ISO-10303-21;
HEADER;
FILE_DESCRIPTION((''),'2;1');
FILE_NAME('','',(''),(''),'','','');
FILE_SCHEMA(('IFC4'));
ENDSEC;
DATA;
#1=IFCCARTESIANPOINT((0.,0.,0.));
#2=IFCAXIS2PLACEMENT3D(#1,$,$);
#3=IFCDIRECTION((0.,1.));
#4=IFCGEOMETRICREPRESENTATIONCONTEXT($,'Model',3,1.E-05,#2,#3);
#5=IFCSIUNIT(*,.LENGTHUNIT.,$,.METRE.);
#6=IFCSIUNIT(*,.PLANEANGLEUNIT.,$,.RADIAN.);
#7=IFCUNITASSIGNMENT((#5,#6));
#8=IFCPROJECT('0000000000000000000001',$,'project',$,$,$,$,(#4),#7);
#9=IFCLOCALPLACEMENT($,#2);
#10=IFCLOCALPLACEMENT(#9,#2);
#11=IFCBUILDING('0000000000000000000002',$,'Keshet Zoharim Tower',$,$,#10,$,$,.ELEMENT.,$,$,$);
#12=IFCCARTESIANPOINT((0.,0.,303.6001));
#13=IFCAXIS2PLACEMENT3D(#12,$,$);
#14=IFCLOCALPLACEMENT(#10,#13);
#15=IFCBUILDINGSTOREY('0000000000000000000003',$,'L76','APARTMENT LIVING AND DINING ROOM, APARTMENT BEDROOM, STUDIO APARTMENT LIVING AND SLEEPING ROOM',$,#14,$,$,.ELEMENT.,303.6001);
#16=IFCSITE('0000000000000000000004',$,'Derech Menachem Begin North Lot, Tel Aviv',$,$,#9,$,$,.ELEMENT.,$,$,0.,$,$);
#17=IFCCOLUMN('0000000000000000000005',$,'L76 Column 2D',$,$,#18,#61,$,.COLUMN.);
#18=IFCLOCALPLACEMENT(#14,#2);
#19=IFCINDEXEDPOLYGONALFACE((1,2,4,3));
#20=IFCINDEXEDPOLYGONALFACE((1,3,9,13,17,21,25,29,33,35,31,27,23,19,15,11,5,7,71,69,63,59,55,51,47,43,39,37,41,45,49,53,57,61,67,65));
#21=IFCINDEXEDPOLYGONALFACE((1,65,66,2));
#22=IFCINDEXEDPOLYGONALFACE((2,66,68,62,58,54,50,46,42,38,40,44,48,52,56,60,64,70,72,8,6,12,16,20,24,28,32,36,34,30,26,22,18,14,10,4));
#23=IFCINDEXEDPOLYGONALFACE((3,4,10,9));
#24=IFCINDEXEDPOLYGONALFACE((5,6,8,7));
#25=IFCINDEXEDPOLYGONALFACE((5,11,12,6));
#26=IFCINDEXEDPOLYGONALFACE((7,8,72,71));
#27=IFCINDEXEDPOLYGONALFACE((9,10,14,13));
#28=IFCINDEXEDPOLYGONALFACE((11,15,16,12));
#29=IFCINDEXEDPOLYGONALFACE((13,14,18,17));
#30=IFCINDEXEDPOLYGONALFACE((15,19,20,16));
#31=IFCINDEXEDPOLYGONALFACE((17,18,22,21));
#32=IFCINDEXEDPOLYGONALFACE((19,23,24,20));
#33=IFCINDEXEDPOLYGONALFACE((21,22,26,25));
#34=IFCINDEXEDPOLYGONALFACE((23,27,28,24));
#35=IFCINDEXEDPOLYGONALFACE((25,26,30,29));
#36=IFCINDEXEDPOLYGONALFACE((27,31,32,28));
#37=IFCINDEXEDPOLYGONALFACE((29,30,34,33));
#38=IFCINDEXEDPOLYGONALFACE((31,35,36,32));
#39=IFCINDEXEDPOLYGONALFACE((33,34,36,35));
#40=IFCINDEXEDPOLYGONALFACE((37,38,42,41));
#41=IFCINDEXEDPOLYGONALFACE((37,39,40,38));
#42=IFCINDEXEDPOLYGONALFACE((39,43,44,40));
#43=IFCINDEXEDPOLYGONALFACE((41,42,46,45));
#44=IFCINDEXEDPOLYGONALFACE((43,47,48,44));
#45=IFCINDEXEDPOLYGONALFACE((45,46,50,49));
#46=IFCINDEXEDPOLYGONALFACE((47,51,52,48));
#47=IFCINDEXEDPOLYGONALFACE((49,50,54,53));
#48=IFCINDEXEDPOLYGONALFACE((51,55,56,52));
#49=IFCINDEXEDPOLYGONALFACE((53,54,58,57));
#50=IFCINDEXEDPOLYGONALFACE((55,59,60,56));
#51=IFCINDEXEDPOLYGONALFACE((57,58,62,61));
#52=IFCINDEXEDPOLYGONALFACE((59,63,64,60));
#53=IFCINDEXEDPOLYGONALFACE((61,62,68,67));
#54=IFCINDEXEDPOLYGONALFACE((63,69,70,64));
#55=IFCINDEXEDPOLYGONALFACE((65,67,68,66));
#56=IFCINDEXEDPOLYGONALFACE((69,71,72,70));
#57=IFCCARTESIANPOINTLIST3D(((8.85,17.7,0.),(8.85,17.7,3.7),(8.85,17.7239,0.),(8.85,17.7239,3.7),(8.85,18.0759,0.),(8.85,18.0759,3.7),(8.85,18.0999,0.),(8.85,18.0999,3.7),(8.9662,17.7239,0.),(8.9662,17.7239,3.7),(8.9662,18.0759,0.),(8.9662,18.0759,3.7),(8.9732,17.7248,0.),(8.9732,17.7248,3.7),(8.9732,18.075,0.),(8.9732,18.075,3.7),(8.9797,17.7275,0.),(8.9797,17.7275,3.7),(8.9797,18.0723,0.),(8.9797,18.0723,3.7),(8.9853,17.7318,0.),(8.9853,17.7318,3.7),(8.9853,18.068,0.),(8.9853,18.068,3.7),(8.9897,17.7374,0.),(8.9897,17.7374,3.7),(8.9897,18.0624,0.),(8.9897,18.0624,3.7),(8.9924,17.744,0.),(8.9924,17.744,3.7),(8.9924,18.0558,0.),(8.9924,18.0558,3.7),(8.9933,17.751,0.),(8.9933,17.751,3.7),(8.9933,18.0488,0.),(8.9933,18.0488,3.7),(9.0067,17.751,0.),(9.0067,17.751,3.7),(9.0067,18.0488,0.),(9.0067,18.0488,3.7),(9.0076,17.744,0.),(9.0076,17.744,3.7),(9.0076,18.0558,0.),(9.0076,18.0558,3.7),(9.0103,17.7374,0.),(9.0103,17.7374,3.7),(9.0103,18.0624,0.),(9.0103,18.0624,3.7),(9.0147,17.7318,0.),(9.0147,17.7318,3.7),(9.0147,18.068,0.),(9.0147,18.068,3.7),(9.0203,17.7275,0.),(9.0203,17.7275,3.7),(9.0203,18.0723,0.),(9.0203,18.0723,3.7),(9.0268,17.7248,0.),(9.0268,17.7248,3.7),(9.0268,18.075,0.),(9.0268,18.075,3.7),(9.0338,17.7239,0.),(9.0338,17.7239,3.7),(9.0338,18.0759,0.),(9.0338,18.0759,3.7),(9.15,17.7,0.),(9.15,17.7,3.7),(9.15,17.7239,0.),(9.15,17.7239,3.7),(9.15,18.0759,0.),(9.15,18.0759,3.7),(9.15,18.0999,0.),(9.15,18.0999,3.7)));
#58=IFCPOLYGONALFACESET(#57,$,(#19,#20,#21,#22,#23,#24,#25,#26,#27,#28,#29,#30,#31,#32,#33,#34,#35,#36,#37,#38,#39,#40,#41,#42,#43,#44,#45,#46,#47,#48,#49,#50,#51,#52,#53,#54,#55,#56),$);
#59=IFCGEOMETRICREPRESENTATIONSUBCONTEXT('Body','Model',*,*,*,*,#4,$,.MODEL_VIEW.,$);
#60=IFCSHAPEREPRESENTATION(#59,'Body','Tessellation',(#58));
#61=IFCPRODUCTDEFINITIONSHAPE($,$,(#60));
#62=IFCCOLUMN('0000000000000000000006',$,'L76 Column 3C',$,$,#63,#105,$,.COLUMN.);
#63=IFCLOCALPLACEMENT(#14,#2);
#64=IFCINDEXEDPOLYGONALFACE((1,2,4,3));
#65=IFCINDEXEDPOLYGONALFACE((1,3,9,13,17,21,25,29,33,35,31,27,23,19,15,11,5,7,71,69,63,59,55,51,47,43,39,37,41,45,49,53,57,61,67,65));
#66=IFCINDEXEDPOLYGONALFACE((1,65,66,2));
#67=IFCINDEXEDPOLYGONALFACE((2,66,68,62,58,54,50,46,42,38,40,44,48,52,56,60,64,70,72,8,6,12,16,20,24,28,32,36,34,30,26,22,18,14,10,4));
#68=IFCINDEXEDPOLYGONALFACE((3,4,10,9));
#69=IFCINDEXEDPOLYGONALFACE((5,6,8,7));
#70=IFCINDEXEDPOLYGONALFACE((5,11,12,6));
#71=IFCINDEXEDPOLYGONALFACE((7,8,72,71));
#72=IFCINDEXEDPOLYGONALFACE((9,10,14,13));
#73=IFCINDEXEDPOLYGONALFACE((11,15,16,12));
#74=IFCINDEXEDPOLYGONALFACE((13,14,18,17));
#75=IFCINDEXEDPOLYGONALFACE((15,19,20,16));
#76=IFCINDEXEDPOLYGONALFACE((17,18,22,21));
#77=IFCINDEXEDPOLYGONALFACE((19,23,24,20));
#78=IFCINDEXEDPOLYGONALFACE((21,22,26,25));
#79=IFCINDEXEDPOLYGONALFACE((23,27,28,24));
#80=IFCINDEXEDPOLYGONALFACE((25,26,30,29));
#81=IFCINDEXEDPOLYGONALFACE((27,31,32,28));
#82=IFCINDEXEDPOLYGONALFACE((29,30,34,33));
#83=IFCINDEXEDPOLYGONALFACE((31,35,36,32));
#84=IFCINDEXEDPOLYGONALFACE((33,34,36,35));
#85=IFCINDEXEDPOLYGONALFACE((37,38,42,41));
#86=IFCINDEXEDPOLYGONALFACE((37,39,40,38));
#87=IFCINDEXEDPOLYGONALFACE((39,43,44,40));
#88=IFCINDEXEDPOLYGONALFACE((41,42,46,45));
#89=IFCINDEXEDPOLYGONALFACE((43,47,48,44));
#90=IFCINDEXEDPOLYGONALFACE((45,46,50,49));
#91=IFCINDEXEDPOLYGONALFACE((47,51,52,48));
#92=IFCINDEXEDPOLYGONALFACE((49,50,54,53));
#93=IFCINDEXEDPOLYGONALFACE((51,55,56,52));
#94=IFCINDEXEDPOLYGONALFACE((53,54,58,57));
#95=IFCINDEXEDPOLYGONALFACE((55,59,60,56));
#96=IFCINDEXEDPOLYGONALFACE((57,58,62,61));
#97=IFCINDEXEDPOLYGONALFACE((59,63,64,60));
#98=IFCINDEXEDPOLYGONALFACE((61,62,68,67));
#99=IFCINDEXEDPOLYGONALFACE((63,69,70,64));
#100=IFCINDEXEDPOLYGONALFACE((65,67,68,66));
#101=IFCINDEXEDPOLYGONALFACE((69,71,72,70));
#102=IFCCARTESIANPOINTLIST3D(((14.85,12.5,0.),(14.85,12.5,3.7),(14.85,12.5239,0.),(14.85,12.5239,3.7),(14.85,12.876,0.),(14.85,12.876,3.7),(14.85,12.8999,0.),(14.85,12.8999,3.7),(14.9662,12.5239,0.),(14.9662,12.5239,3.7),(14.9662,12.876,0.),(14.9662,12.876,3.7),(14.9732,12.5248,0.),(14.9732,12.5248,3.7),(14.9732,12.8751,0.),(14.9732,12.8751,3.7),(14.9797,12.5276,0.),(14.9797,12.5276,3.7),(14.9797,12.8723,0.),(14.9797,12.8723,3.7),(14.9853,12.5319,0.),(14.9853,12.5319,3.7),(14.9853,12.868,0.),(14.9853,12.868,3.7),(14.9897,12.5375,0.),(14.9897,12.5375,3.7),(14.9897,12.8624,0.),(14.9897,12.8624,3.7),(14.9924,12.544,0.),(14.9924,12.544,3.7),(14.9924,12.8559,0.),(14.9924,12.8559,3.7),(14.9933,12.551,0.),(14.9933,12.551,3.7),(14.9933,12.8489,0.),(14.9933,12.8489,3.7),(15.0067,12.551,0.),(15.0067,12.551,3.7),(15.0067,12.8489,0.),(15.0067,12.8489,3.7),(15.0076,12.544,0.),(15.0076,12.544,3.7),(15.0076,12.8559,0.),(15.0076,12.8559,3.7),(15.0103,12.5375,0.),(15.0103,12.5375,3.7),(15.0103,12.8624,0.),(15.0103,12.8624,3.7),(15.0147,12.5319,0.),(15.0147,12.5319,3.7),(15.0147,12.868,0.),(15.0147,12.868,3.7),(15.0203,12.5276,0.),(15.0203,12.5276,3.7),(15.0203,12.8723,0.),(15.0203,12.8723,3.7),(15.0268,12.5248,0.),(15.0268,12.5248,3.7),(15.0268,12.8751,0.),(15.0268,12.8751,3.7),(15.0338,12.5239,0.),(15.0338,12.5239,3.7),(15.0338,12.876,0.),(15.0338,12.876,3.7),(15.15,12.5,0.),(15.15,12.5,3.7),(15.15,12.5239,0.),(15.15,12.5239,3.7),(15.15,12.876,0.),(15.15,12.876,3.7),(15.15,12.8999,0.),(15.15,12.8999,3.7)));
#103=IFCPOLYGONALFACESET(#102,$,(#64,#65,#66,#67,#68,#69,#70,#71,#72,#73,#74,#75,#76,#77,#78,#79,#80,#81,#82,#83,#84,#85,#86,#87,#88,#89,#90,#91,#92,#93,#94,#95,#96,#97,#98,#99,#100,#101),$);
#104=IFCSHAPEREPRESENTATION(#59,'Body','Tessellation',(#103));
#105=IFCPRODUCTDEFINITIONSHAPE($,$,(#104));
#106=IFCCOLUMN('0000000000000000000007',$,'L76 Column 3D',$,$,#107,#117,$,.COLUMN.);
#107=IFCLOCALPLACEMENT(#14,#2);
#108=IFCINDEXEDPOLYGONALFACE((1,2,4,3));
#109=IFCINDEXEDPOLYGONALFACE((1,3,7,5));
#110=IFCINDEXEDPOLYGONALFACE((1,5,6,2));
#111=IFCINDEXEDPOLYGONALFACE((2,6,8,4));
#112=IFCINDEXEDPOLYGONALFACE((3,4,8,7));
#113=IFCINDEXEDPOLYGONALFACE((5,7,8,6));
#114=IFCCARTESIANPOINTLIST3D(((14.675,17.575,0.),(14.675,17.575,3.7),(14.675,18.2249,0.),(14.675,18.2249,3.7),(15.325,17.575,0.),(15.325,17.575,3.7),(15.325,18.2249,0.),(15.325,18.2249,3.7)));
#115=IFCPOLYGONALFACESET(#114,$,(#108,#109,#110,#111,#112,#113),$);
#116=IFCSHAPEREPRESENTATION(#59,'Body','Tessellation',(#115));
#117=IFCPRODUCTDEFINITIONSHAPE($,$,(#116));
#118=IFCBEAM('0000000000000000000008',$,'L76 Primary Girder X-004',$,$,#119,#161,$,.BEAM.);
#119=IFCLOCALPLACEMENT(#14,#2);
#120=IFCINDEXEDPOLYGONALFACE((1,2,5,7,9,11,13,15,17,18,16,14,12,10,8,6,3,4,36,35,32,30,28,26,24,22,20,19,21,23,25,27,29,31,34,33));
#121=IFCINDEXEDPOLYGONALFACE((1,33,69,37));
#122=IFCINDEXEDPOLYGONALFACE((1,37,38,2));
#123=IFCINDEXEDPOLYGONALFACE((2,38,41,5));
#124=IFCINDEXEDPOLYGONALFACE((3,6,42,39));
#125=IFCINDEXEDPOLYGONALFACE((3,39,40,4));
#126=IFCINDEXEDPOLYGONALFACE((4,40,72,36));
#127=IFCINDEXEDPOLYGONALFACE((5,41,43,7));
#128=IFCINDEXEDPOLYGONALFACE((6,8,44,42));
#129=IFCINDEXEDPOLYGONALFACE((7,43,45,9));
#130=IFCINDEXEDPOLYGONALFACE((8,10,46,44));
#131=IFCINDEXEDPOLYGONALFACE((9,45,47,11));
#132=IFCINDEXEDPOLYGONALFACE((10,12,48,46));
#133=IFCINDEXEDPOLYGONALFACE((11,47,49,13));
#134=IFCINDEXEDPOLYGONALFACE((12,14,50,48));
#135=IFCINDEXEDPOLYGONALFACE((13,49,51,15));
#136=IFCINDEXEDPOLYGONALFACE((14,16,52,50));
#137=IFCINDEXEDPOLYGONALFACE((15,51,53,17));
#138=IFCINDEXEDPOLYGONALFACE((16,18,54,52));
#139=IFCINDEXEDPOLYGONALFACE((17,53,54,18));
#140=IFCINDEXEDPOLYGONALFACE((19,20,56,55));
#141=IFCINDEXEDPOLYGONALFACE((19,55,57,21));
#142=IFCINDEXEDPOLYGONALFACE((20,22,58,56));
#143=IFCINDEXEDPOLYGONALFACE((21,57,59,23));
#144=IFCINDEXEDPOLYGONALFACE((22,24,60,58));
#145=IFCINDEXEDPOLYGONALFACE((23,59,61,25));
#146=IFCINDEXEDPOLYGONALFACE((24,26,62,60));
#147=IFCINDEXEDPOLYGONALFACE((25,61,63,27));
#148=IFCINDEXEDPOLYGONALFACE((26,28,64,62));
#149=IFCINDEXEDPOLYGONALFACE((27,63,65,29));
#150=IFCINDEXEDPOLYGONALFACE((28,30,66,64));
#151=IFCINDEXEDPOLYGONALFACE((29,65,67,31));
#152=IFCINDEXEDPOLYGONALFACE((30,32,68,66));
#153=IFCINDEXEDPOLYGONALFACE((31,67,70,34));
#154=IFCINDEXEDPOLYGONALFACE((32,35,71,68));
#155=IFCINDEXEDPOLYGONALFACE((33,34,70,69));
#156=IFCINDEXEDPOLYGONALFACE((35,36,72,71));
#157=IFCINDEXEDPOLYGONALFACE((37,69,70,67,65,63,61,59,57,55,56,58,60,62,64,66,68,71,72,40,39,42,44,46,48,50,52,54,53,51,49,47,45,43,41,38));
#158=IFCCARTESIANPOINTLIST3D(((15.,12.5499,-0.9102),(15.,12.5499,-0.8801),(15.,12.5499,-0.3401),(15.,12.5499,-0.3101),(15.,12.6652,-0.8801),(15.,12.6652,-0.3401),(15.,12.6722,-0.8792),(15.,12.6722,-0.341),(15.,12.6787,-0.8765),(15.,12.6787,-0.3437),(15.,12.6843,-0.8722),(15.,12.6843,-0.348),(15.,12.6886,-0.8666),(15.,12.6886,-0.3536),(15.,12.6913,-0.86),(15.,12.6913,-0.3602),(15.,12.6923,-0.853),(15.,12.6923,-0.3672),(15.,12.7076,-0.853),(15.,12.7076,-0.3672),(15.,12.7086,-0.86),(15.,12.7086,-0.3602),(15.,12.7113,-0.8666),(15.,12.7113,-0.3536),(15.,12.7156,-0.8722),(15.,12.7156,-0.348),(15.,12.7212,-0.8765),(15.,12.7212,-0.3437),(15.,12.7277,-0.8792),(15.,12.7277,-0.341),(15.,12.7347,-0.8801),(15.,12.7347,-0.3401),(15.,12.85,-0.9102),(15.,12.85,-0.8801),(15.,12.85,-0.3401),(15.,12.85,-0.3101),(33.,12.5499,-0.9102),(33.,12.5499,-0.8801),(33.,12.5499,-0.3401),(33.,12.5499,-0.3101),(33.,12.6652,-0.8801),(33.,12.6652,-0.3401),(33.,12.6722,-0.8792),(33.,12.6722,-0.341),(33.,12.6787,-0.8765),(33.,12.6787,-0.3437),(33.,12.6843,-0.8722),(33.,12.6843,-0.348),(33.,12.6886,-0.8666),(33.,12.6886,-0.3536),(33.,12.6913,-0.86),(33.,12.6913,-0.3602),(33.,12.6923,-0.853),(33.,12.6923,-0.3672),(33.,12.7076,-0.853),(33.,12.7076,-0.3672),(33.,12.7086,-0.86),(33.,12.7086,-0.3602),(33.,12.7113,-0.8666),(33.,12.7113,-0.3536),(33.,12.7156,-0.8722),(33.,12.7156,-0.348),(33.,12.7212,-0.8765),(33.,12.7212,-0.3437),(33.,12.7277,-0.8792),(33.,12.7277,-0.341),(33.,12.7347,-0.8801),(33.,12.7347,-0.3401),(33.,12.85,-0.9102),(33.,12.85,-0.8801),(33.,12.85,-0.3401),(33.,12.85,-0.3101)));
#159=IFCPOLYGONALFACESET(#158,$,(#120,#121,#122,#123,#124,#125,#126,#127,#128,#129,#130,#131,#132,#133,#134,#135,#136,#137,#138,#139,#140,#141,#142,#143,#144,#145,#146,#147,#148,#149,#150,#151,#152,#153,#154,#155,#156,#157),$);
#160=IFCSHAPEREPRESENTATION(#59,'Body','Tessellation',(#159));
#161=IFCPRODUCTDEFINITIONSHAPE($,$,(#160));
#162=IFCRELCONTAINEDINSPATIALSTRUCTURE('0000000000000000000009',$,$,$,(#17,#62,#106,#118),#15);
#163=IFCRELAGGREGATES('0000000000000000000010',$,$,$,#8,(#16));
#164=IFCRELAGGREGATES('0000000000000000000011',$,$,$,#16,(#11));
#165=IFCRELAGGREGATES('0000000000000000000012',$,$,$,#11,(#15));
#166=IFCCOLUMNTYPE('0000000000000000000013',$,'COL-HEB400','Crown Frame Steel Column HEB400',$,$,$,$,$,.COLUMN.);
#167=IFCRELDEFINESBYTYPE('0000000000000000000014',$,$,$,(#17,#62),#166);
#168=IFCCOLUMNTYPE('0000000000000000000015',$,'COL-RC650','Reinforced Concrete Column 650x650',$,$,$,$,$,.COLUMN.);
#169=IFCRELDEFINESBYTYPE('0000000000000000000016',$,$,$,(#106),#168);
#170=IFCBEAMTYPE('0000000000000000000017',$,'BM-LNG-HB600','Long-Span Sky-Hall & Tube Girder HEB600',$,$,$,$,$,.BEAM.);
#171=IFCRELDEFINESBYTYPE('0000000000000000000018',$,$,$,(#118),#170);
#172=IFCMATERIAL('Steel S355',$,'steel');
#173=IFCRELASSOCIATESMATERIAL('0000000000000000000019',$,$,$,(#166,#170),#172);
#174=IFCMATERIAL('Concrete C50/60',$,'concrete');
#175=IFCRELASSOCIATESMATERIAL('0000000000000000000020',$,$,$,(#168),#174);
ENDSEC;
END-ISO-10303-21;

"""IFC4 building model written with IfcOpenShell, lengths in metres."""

from ifc_helpers import new_model, si_unit, direction, frame, origin, origin_2d, place, context, subcontext, project, spatial, rectangle, i_section, extrude, material, material_profile, profile_set, type_object, element, save


model = new_model("IFC4")

# Units and contexts
model_context = context("Model", 3, precision=1e-05, world=origin(), true_north=direction((0.0, 1.0)))
body_context = subcontext(model_context, "Body", "Model", "MODEL_VIEW")
ifc_project = project(units=[si_unit("LENGTHUNIT", "METRE"), si_unit("PLANEANGLEUNIT", "RADIAN")], contexts=[model_context])

# Site, building, storey
site_placement = place(None, origin())
site = spatial("IfcSite", under=ifc_project, at=site_placement, Name="Derech Menachem Begin North Lot, Tel Aviv", CompositionType="ELEMENT", RefElevation=0.0)
building_placement = place(site_placement, origin())
building = spatial("IfcBuilding", under=site, at=building_placement, Name="Keshet Zoharim Tower", CompositionType="ELEMENT")
storey_placement = place(building_placement, frame((0.0, 0.0, 303.6001)))
storey = spatial("IfcBuildingStorey", under=building, at=storey_placement, Name="L76", Description="APARTMENT LIVING AND DINING ROOM, APARTMENT BEDROOM, STUDIO APARTMENT LIVING AND SLEEPING ROOM", CompositionType="ELEMENT", Elevation=303.6001)

# Columns
ifc_material_1 = material(Name="Steel S355", Category="steel")
ifc_material_profile_1 = material_profile(ifc_material_1, i_section(OverallWidth=0.3, OverallDepth=0.3999, WebThickness=0.0134, FlangeThickness=0.0239, FilletRadius=0.0271, at=origin_2d()), Name="HEB400")
ifc_profile_set_1 = profile_set([ifc_material_profile_1], Name="Steel S355")
column_type_1 = type_object("IfcColumnType", Name="COL-HEB400", Description="Crown Frame Steel Column HEB400", PredefinedType="COLUMN", material=ifc_profile_set_1)
for number, where, z_axis, x_axis, name in (
    (1, (9.0, 17.8999, 0.0), (0.0, 0.0, 1.0), (1.0, 0.0, 0.0), "L76 Column 2D"),
    (2, (15.0, 12.7, 0.0), (0.0, 0.0, 1.0), (1.0, 0.0, 0.0), "L76 Column 3C"),
):
    element("IfcColumn", number, at=place(storey_placement, frame(where, z_axis=z_axis, x_axis=x_axis)), inside=storey, type_object=column_type_1, Name=name, PredefinedType="COLUMN", context=body_context, shape_type="SweptSolid", body=[
        extrude(i_section(OverallWidth=0.3, OverallDepth=0.3999, WebThickness=0.0134, FlangeThickness=0.0239, FilletRadius=0.0271, at=origin_2d()), origin(), (0.0, 0.0, 1.0), 3.7),
    ])
ifc_material_2 = material(Name="Concrete C50/60", Category="concrete")
ifc_material_profile_2 = material_profile(ifc_material_2, rectangle(XDim=0.6499, YDim=0.6499, at=origin_2d()), Name="RC650x650")
ifc_profile_set_2 = profile_set([ifc_material_profile_2], Name="Concrete C50/60")
column_type_2 = type_object("IfcColumnType", Name="COL-RC650", Description="Reinforced Concrete Column 650x650", PredefinedType="COLUMN", material=ifc_profile_set_2)
column_placement = place(storey_placement, frame((15.0, 17.8999, 0.0), z_axis=(0.0, 0.0, 1.0), x_axis=(1.0, 0.0, 0.0)))
element("IfcColumn", 3, at=column_placement, inside=storey, type_object=column_type_2, Name="L76 Column 3D", PredefinedType="COLUMN", context=body_context, shape_type="SweptSolid", body=[
    extrude(rectangle(XDim=0.6499, YDim=0.6499, at=origin_2d()), origin(), (0.0, 0.0, 1.0), 3.7),
])

# Beam
ifc_material_profile_3 = material_profile(ifc_material_1, i_section(OverallWidth=0.3, OverallDepth=0.6001, WebThickness=0.0154, FlangeThickness=0.03, FilletRadius=0.0271, at=origin_2d()), Name="HEB600")
ifc_profile_set_3 = profile_set([ifc_material_profile_3], Name="Steel S355")
beam_type_1 = type_object("IfcBeamType", Name="BM-LNG-HB600", Description="Long-Span Sky-Hall & Tube Girder HEB600", PredefinedType="BEAM", material=ifc_profile_set_3)
beam_1_placement = place(storey_placement, frame((15.0, 12.7, -0.6101), z_axis=(1.0, 0.0, 0.0), x_axis=(0.0, 1.0, 0.0)))
element("IfcBeam", 4, at=beam_1_placement, inside=storey, type_object=beam_type_1, Name="L76 Primary Girder X-004", PredefinedType="BEAM", context=body_context, shape_type="SweptSolid", body=[
    extrude(i_section(OverallWidth=0.3, OverallDepth=0.6001, WebThickness=0.0154, FlangeThickness=0.03, FilletRadius=0.0271, at=origin_2d()), origin(), (0.0, 0.0, 1.0), 18.0),
])

save(model, "model.ifc")
